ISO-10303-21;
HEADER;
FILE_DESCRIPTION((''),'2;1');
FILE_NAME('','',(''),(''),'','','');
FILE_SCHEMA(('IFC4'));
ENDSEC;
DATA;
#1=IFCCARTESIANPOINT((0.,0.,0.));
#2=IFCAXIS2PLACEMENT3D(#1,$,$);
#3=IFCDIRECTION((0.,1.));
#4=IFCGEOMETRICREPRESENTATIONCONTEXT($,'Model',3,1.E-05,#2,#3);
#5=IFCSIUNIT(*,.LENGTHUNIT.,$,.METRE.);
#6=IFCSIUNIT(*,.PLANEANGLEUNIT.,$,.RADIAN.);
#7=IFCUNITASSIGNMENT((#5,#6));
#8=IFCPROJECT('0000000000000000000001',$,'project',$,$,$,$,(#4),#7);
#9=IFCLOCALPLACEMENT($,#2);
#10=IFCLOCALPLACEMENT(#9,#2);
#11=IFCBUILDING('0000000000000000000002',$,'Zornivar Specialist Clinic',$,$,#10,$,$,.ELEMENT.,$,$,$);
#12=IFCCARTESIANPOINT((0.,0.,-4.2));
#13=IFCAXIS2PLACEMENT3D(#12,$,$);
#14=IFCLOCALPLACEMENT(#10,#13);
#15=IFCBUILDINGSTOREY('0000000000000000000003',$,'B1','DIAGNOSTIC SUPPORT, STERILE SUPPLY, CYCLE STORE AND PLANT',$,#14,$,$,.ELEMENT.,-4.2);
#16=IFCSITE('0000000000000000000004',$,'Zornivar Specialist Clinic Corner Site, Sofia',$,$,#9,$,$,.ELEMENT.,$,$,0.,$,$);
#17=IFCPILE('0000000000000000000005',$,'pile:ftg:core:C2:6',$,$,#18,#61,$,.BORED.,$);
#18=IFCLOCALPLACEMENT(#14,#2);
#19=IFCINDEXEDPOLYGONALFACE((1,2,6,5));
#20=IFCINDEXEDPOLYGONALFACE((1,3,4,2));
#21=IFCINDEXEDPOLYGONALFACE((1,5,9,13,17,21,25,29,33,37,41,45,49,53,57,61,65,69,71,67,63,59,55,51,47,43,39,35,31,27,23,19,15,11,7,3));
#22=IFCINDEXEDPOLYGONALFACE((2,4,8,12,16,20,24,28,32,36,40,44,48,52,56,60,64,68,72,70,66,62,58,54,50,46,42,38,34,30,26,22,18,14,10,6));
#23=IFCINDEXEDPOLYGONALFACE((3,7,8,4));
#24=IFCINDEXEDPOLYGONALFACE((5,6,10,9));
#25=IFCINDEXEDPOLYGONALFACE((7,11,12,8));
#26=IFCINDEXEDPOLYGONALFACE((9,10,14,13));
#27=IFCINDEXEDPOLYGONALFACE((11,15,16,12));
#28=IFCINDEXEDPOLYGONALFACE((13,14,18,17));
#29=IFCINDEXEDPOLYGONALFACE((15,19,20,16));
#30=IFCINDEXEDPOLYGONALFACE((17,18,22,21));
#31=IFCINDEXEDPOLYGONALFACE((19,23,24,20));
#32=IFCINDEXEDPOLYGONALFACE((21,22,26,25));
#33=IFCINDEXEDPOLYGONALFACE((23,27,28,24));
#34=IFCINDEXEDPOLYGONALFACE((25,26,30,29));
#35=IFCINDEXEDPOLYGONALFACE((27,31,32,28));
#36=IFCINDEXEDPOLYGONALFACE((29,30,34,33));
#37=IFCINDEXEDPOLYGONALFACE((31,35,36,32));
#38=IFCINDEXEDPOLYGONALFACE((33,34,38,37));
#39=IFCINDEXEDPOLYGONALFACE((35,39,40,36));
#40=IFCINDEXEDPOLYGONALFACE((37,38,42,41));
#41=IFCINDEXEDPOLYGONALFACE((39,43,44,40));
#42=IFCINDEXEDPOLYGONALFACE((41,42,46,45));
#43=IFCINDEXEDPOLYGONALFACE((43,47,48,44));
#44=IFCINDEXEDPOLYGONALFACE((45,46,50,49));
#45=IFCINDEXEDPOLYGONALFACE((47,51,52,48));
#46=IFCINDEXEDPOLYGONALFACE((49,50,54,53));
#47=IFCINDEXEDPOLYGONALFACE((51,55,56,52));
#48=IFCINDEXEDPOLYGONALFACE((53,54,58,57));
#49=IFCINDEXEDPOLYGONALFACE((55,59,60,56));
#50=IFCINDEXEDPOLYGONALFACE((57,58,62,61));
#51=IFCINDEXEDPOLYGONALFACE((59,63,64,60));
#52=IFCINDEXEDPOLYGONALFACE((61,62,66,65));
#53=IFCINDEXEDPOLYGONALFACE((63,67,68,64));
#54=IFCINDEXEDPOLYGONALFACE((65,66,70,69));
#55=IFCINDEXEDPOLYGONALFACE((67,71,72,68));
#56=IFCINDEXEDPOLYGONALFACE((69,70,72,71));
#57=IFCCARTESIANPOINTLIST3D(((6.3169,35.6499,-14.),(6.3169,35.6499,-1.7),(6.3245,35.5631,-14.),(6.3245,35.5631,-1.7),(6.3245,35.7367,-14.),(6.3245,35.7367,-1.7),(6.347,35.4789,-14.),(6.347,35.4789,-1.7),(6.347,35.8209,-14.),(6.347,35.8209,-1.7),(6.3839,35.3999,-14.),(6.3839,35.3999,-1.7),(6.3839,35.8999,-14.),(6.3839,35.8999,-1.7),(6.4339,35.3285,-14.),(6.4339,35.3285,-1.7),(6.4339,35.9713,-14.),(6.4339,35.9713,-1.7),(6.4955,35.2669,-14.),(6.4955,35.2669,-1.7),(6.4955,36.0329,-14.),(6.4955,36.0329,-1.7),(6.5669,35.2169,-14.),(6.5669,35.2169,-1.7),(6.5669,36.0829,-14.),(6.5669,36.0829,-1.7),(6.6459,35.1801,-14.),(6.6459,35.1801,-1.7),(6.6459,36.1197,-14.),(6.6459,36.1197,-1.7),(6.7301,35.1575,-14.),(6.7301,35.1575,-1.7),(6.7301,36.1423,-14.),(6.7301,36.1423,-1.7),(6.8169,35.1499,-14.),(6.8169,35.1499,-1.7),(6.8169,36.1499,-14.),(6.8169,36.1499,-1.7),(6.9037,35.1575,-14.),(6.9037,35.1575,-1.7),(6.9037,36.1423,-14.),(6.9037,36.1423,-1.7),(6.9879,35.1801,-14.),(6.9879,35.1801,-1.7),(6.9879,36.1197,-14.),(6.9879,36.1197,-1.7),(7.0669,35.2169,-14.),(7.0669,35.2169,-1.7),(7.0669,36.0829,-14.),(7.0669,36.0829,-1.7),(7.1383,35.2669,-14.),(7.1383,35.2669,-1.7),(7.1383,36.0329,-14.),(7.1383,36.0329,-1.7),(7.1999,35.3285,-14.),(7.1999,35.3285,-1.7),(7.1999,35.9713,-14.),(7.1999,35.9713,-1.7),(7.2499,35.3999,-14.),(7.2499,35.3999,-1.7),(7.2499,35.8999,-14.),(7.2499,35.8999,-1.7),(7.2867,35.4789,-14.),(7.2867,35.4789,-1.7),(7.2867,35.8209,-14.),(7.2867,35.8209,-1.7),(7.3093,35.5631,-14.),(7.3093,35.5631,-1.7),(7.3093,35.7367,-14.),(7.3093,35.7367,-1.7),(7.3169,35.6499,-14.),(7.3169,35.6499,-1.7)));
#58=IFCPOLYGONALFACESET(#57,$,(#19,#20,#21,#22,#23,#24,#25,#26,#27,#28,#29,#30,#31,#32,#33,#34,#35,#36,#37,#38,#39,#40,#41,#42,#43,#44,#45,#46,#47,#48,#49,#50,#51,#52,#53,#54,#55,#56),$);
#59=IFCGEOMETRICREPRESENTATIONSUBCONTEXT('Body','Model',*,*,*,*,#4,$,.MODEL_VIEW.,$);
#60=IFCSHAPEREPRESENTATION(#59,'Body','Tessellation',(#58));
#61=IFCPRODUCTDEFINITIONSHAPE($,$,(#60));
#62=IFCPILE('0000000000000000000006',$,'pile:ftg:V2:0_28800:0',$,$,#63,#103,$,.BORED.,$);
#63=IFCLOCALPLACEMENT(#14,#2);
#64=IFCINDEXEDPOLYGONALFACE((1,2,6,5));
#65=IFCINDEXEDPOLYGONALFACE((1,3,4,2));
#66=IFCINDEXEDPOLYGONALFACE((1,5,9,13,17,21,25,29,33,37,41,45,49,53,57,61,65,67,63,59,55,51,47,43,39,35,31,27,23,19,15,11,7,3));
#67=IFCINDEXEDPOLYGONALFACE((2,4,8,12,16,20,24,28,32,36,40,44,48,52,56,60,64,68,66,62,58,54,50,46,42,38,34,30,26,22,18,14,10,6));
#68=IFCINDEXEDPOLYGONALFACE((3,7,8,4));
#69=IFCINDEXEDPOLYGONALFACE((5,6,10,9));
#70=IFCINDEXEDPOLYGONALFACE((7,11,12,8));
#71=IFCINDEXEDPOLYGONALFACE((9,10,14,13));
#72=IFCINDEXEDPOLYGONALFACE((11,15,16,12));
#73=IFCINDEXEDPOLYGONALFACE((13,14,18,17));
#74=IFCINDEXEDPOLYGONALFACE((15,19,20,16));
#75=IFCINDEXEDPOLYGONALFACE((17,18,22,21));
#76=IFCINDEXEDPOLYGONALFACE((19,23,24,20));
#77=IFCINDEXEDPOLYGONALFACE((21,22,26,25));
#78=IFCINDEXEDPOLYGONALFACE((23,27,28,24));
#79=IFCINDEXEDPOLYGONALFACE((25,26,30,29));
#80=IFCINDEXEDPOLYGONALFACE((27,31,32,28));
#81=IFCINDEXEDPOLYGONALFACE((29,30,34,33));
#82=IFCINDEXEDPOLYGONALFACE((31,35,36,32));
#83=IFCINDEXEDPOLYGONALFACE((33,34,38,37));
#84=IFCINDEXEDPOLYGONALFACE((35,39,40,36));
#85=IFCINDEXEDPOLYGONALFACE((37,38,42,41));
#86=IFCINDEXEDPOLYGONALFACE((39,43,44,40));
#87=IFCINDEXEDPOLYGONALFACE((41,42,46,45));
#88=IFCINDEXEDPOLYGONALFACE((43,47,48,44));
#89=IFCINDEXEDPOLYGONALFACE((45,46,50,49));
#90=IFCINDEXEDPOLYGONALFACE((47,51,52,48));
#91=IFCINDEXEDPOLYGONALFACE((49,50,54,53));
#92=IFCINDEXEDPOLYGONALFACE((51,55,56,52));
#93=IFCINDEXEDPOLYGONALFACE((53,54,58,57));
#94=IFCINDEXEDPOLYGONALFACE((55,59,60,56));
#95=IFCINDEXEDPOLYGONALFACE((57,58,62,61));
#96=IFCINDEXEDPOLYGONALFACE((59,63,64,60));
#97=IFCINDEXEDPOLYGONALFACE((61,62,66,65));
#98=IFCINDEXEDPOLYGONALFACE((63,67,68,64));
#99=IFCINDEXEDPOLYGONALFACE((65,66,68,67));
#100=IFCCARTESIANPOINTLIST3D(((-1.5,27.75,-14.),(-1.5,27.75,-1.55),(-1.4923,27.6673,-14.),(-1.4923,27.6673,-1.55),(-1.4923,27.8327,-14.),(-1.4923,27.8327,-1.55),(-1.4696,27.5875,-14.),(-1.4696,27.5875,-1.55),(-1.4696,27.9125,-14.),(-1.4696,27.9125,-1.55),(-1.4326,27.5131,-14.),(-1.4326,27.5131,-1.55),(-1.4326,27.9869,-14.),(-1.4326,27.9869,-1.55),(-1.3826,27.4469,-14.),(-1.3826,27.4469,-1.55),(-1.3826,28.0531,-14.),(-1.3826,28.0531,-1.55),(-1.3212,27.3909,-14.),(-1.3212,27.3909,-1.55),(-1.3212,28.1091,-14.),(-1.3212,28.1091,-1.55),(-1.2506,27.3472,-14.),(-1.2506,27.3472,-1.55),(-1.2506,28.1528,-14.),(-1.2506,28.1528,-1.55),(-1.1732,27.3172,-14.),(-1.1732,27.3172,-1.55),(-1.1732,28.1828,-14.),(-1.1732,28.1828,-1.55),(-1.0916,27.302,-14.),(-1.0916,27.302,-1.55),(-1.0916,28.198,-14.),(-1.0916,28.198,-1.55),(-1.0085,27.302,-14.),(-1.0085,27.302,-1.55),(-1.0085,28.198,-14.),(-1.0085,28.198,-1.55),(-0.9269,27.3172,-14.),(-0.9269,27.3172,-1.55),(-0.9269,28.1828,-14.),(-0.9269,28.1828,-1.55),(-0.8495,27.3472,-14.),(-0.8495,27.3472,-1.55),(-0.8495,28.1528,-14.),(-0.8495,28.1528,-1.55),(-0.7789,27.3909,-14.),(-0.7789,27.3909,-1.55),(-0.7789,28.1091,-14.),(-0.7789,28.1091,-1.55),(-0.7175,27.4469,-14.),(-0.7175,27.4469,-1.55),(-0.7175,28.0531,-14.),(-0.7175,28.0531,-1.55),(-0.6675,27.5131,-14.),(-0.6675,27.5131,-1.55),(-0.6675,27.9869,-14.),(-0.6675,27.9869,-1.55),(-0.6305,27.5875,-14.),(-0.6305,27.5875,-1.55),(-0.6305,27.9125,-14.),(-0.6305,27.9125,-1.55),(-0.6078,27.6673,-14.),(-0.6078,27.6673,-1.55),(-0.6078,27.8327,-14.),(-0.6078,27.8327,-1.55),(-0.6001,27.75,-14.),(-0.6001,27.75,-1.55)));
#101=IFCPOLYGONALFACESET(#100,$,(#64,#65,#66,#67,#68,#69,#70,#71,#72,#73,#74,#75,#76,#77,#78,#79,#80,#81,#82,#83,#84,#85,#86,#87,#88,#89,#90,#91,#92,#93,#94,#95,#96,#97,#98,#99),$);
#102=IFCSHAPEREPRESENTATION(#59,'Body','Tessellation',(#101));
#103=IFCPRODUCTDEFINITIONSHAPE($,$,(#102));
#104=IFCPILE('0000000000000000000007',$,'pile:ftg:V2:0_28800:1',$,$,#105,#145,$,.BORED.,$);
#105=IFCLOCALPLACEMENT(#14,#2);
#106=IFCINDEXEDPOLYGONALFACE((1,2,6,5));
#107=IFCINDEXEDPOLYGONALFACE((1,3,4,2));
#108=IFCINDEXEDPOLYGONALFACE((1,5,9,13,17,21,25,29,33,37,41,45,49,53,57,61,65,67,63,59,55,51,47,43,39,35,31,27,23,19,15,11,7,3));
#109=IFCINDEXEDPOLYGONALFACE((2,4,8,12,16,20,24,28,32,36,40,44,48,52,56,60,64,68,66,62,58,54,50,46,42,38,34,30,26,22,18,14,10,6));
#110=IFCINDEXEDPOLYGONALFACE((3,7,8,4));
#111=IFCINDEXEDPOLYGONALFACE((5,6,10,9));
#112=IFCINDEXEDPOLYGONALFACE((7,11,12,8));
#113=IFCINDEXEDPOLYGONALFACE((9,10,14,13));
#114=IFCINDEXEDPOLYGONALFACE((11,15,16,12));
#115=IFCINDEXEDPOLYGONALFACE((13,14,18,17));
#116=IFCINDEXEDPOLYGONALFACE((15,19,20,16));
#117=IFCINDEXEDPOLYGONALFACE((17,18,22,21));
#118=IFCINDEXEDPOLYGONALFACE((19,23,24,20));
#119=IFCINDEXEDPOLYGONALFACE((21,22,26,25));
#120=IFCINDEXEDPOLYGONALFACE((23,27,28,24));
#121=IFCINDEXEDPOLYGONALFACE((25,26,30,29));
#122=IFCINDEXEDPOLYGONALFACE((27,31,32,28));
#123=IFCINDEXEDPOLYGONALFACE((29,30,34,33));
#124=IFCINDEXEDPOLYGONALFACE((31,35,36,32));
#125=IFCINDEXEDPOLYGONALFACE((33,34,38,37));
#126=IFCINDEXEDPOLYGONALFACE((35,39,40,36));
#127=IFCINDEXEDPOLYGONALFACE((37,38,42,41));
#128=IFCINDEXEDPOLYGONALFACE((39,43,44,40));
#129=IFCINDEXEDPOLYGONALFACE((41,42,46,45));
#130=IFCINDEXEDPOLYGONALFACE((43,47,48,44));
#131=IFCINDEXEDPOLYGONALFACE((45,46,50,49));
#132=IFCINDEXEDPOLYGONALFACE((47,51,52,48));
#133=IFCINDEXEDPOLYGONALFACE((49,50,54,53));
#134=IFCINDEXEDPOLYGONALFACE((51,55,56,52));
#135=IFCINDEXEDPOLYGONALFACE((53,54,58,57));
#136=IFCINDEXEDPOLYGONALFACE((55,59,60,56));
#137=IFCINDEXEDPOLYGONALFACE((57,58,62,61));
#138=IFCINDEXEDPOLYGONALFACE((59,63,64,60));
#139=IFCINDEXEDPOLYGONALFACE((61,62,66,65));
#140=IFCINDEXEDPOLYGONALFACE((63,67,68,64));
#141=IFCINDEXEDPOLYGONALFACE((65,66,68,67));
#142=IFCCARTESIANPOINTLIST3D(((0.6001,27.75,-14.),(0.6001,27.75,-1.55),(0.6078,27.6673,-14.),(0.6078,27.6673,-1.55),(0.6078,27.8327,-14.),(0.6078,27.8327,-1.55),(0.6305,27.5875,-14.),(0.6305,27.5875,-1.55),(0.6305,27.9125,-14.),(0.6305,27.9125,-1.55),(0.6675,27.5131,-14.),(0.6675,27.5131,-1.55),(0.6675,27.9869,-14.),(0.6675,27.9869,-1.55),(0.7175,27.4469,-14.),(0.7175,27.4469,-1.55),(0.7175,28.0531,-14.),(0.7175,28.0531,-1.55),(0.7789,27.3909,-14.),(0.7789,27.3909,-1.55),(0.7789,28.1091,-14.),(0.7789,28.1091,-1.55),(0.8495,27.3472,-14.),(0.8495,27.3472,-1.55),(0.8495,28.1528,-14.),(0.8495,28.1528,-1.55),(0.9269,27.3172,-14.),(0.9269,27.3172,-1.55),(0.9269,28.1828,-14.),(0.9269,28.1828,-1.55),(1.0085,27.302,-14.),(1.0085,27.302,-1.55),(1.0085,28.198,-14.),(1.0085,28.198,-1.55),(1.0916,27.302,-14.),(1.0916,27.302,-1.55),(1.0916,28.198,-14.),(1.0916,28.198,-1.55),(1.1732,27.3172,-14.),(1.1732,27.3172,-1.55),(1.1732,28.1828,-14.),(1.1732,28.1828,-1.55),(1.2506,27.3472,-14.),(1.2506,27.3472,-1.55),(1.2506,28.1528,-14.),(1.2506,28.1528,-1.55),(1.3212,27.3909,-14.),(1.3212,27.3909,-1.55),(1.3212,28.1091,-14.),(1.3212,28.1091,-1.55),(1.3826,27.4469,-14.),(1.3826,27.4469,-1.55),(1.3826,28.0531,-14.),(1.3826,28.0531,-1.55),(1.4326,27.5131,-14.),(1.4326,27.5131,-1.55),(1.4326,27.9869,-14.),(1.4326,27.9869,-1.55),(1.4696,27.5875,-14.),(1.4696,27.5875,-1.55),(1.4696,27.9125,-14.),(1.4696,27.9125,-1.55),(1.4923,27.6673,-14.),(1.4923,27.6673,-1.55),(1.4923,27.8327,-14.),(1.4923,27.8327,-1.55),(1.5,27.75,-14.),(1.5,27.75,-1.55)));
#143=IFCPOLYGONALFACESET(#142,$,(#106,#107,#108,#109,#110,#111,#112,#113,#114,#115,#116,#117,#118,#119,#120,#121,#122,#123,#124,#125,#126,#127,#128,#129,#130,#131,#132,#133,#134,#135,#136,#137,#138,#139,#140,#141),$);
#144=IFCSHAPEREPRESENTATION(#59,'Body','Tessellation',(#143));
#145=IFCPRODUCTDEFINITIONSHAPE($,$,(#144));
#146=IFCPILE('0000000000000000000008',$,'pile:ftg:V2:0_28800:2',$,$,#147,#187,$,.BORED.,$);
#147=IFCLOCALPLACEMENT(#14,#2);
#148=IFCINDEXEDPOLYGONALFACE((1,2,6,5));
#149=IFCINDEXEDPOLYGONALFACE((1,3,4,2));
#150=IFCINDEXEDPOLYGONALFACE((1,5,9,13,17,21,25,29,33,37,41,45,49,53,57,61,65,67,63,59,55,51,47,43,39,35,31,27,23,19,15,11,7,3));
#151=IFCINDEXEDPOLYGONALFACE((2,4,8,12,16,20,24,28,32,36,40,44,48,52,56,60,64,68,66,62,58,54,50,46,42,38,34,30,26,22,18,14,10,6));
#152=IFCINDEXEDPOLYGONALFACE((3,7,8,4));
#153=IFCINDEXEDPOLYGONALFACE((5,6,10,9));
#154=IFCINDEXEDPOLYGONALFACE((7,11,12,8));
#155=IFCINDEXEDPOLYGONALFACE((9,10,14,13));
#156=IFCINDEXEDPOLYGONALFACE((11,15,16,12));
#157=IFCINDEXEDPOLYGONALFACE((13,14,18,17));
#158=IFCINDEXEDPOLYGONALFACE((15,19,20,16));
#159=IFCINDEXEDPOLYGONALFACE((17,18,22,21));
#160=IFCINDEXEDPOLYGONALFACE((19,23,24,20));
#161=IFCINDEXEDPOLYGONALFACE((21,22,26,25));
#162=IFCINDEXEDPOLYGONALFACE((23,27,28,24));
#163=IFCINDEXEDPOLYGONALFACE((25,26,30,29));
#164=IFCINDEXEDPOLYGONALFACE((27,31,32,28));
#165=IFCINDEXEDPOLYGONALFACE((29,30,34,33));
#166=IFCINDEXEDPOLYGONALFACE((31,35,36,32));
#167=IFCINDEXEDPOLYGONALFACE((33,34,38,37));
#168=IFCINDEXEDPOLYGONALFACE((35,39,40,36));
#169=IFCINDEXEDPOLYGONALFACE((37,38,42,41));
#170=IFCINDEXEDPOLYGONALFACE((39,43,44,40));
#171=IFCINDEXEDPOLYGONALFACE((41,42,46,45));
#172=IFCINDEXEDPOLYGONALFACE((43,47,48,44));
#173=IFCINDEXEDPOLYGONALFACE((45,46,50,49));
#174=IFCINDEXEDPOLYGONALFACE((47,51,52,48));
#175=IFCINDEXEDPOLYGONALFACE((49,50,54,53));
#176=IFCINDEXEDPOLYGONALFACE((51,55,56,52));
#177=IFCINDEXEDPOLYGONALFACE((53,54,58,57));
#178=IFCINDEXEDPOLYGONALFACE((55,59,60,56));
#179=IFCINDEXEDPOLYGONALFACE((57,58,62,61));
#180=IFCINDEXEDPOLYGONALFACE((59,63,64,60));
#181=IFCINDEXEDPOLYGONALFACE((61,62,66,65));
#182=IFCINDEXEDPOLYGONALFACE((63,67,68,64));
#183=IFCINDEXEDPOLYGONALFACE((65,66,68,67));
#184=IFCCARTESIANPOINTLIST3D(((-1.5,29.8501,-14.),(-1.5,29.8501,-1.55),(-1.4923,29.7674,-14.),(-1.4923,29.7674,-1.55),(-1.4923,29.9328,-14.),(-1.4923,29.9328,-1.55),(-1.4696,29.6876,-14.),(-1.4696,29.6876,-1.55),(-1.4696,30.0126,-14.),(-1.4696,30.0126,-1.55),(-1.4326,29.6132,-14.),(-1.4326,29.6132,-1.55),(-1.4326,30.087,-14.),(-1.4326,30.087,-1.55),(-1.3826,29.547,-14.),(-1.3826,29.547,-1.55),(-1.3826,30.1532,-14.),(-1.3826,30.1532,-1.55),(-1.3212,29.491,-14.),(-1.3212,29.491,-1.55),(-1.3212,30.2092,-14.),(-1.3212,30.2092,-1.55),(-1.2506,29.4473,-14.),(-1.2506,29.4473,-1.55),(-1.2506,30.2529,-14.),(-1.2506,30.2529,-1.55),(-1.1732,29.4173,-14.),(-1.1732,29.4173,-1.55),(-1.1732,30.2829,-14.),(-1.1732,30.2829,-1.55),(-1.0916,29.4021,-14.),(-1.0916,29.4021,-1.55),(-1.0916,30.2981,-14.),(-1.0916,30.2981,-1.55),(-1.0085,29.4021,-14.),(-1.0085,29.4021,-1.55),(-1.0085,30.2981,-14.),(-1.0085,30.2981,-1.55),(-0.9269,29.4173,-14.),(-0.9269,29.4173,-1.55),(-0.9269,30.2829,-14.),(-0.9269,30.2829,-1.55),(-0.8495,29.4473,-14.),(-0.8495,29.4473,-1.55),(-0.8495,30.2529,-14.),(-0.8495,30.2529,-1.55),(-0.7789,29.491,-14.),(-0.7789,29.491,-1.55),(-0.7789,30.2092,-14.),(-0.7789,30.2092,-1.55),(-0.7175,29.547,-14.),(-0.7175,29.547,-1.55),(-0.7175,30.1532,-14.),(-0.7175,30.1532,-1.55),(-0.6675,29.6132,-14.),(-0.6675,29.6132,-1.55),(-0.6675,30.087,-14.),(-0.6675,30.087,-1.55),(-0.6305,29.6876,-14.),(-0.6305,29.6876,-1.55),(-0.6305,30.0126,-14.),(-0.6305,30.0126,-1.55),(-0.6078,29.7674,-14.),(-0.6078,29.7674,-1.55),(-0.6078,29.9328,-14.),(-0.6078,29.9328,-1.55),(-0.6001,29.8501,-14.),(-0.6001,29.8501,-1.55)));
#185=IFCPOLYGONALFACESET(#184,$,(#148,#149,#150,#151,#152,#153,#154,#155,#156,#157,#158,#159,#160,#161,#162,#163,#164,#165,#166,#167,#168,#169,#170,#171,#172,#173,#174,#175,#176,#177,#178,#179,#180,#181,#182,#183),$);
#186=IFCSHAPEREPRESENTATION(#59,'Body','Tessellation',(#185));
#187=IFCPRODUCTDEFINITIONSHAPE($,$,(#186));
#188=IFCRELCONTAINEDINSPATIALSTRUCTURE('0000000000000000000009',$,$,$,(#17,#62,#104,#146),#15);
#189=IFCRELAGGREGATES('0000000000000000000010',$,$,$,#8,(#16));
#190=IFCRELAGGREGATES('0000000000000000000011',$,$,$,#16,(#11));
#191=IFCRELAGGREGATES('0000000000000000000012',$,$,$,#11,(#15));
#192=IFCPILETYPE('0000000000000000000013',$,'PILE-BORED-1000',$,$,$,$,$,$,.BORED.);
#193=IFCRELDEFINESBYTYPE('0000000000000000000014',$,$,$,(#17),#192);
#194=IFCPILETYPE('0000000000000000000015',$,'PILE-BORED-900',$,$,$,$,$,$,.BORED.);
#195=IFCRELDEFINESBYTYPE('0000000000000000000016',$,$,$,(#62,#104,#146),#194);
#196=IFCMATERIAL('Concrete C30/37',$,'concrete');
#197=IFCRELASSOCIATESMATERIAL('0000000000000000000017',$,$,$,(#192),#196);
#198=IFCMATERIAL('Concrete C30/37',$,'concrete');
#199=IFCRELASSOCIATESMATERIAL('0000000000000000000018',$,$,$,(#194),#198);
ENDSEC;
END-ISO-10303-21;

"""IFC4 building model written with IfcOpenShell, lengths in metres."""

from ifc_helpers import new_model, si_unit, direction, frame, origin, origin_2d, place, context, subcontext, project, spatial, circle, extrude, material, material_profile, profile_set, type_object, element, save


model = new_model("IFC4")

# Units and contexts
model_context = context("Model", 3, precision=1e-05, world=origin(), true_north=direction((0.0, 1.0)))
body_context = subcontext(model_context, "Body", "Model", "MODEL_VIEW")
ifc_project = project(units=[si_unit("LENGTHUNIT", "METRE"), si_unit("PLANEANGLEUNIT", "RADIAN")], contexts=[model_context])

# Site, building, storey
site_placement = place(None, origin())
site = spatial("IfcSite", under=ifc_project, at=site_placement, Name="Zornivar Specialist Clinic Corner Site, Sofia", CompositionType="ELEMENT", RefElevation=0.0)
building_placement = place(site_placement, origin())
building = spatial("IfcBuilding", under=site, at=building_placement, Name="Zornivar Specialist Clinic", CompositionType="ELEMENT")
storey_placement = place(building_placement, frame((0.0, 0.0, -4.2)))
storey = spatial("IfcBuildingStorey", under=building, at=storey_placement, Name="B1", Description="DIAGNOSTIC SUPPORT, STERILE SUPPLY, CYCLE STORE AND PLANT", CompositionType="ELEMENT", Elevation=-4.2)

# Piles
ifc_material_1 = material(Name="Concrete C30/37", Category="concrete")
ifc_material_profile_1 = material_profile(ifc_material_1, circle(Radius=0.5, at=origin_2d()), Name="PILE D1000")
ifc_profile_set_1 = profile_set([ifc_material_profile_1], Name="Concrete C30/37")
pile_type_1 = type_object("IfcPileType", Name="PILE-BORED-1000", PredefinedType="BORED", material=ifc_profile_set_1)
for number, where, z_axis, x_axis, name in (
    (1, (6.8169, 35.6499, -1.7), (0.0, 0.0, -1.0), (1.0, 0.0, 0.0), "pile:ftg:core:C2:6"),
):
    element("IfcPile", number, at=place(storey_placement, frame(where, z_axis=z_axis, x_axis=x_axis)), inside=storey, type_object=pile_type_1, Name=name, PredefinedType="BORED", context=body_context, shape_type="SweptSolid", body=[
        extrude(circle(Radius=0.5, at=origin_2d()), origin(), (0.0, 0.0, 1.0), 12.3),
    ])
ifc_material_2 = material(Name="Concrete C30/37", Category="concrete")
ifc_material_profile_2 = material_profile(ifc_material_2, circle(Radius=0.45, at=origin_2d()), Name="PILE D900")
ifc_profile_set_2 = profile_set([ifc_material_profile_2], Name="Concrete C30/37")
pile_type_2 = type_object("IfcPileType", Name="PILE-BORED-900", PredefinedType="BORED", material=ifc_profile_set_2)
for number, where, z_axis, x_axis, name in (
    (2, (-1.05, 27.75, -1.55), (0.0, 0.0, -1.0), (1.0, 0.0, 0.0), "pile:ftg:V2:0_28800:0"),
    (3, (1.05, 27.75, -1.55), (0.0, 0.0, -1.0), (1.0, 0.0, 0.0), "pile:ftg:V2:0_28800:1"),
    (4, (-1.05, 29.8501, -1.55), (0.0, 0.0, -1.0), (1.0, 0.0, 0.0), "pile:ftg:V2:0_28800:2"),
):
    element("IfcPile", number, at=place(storey_placement, frame(where, z_axis=z_axis, x_axis=x_axis)), inside=storey, type_object=pile_type_2, Name=name, PredefinedType="BORED", context=body_context, shape_type="SweptSolid", body=[
        extrude(circle(Radius=0.45, at=origin_2d()), origin(), (0.0, 0.0, 1.0), 12.45),
    ])

save(model, "model.ifc")
